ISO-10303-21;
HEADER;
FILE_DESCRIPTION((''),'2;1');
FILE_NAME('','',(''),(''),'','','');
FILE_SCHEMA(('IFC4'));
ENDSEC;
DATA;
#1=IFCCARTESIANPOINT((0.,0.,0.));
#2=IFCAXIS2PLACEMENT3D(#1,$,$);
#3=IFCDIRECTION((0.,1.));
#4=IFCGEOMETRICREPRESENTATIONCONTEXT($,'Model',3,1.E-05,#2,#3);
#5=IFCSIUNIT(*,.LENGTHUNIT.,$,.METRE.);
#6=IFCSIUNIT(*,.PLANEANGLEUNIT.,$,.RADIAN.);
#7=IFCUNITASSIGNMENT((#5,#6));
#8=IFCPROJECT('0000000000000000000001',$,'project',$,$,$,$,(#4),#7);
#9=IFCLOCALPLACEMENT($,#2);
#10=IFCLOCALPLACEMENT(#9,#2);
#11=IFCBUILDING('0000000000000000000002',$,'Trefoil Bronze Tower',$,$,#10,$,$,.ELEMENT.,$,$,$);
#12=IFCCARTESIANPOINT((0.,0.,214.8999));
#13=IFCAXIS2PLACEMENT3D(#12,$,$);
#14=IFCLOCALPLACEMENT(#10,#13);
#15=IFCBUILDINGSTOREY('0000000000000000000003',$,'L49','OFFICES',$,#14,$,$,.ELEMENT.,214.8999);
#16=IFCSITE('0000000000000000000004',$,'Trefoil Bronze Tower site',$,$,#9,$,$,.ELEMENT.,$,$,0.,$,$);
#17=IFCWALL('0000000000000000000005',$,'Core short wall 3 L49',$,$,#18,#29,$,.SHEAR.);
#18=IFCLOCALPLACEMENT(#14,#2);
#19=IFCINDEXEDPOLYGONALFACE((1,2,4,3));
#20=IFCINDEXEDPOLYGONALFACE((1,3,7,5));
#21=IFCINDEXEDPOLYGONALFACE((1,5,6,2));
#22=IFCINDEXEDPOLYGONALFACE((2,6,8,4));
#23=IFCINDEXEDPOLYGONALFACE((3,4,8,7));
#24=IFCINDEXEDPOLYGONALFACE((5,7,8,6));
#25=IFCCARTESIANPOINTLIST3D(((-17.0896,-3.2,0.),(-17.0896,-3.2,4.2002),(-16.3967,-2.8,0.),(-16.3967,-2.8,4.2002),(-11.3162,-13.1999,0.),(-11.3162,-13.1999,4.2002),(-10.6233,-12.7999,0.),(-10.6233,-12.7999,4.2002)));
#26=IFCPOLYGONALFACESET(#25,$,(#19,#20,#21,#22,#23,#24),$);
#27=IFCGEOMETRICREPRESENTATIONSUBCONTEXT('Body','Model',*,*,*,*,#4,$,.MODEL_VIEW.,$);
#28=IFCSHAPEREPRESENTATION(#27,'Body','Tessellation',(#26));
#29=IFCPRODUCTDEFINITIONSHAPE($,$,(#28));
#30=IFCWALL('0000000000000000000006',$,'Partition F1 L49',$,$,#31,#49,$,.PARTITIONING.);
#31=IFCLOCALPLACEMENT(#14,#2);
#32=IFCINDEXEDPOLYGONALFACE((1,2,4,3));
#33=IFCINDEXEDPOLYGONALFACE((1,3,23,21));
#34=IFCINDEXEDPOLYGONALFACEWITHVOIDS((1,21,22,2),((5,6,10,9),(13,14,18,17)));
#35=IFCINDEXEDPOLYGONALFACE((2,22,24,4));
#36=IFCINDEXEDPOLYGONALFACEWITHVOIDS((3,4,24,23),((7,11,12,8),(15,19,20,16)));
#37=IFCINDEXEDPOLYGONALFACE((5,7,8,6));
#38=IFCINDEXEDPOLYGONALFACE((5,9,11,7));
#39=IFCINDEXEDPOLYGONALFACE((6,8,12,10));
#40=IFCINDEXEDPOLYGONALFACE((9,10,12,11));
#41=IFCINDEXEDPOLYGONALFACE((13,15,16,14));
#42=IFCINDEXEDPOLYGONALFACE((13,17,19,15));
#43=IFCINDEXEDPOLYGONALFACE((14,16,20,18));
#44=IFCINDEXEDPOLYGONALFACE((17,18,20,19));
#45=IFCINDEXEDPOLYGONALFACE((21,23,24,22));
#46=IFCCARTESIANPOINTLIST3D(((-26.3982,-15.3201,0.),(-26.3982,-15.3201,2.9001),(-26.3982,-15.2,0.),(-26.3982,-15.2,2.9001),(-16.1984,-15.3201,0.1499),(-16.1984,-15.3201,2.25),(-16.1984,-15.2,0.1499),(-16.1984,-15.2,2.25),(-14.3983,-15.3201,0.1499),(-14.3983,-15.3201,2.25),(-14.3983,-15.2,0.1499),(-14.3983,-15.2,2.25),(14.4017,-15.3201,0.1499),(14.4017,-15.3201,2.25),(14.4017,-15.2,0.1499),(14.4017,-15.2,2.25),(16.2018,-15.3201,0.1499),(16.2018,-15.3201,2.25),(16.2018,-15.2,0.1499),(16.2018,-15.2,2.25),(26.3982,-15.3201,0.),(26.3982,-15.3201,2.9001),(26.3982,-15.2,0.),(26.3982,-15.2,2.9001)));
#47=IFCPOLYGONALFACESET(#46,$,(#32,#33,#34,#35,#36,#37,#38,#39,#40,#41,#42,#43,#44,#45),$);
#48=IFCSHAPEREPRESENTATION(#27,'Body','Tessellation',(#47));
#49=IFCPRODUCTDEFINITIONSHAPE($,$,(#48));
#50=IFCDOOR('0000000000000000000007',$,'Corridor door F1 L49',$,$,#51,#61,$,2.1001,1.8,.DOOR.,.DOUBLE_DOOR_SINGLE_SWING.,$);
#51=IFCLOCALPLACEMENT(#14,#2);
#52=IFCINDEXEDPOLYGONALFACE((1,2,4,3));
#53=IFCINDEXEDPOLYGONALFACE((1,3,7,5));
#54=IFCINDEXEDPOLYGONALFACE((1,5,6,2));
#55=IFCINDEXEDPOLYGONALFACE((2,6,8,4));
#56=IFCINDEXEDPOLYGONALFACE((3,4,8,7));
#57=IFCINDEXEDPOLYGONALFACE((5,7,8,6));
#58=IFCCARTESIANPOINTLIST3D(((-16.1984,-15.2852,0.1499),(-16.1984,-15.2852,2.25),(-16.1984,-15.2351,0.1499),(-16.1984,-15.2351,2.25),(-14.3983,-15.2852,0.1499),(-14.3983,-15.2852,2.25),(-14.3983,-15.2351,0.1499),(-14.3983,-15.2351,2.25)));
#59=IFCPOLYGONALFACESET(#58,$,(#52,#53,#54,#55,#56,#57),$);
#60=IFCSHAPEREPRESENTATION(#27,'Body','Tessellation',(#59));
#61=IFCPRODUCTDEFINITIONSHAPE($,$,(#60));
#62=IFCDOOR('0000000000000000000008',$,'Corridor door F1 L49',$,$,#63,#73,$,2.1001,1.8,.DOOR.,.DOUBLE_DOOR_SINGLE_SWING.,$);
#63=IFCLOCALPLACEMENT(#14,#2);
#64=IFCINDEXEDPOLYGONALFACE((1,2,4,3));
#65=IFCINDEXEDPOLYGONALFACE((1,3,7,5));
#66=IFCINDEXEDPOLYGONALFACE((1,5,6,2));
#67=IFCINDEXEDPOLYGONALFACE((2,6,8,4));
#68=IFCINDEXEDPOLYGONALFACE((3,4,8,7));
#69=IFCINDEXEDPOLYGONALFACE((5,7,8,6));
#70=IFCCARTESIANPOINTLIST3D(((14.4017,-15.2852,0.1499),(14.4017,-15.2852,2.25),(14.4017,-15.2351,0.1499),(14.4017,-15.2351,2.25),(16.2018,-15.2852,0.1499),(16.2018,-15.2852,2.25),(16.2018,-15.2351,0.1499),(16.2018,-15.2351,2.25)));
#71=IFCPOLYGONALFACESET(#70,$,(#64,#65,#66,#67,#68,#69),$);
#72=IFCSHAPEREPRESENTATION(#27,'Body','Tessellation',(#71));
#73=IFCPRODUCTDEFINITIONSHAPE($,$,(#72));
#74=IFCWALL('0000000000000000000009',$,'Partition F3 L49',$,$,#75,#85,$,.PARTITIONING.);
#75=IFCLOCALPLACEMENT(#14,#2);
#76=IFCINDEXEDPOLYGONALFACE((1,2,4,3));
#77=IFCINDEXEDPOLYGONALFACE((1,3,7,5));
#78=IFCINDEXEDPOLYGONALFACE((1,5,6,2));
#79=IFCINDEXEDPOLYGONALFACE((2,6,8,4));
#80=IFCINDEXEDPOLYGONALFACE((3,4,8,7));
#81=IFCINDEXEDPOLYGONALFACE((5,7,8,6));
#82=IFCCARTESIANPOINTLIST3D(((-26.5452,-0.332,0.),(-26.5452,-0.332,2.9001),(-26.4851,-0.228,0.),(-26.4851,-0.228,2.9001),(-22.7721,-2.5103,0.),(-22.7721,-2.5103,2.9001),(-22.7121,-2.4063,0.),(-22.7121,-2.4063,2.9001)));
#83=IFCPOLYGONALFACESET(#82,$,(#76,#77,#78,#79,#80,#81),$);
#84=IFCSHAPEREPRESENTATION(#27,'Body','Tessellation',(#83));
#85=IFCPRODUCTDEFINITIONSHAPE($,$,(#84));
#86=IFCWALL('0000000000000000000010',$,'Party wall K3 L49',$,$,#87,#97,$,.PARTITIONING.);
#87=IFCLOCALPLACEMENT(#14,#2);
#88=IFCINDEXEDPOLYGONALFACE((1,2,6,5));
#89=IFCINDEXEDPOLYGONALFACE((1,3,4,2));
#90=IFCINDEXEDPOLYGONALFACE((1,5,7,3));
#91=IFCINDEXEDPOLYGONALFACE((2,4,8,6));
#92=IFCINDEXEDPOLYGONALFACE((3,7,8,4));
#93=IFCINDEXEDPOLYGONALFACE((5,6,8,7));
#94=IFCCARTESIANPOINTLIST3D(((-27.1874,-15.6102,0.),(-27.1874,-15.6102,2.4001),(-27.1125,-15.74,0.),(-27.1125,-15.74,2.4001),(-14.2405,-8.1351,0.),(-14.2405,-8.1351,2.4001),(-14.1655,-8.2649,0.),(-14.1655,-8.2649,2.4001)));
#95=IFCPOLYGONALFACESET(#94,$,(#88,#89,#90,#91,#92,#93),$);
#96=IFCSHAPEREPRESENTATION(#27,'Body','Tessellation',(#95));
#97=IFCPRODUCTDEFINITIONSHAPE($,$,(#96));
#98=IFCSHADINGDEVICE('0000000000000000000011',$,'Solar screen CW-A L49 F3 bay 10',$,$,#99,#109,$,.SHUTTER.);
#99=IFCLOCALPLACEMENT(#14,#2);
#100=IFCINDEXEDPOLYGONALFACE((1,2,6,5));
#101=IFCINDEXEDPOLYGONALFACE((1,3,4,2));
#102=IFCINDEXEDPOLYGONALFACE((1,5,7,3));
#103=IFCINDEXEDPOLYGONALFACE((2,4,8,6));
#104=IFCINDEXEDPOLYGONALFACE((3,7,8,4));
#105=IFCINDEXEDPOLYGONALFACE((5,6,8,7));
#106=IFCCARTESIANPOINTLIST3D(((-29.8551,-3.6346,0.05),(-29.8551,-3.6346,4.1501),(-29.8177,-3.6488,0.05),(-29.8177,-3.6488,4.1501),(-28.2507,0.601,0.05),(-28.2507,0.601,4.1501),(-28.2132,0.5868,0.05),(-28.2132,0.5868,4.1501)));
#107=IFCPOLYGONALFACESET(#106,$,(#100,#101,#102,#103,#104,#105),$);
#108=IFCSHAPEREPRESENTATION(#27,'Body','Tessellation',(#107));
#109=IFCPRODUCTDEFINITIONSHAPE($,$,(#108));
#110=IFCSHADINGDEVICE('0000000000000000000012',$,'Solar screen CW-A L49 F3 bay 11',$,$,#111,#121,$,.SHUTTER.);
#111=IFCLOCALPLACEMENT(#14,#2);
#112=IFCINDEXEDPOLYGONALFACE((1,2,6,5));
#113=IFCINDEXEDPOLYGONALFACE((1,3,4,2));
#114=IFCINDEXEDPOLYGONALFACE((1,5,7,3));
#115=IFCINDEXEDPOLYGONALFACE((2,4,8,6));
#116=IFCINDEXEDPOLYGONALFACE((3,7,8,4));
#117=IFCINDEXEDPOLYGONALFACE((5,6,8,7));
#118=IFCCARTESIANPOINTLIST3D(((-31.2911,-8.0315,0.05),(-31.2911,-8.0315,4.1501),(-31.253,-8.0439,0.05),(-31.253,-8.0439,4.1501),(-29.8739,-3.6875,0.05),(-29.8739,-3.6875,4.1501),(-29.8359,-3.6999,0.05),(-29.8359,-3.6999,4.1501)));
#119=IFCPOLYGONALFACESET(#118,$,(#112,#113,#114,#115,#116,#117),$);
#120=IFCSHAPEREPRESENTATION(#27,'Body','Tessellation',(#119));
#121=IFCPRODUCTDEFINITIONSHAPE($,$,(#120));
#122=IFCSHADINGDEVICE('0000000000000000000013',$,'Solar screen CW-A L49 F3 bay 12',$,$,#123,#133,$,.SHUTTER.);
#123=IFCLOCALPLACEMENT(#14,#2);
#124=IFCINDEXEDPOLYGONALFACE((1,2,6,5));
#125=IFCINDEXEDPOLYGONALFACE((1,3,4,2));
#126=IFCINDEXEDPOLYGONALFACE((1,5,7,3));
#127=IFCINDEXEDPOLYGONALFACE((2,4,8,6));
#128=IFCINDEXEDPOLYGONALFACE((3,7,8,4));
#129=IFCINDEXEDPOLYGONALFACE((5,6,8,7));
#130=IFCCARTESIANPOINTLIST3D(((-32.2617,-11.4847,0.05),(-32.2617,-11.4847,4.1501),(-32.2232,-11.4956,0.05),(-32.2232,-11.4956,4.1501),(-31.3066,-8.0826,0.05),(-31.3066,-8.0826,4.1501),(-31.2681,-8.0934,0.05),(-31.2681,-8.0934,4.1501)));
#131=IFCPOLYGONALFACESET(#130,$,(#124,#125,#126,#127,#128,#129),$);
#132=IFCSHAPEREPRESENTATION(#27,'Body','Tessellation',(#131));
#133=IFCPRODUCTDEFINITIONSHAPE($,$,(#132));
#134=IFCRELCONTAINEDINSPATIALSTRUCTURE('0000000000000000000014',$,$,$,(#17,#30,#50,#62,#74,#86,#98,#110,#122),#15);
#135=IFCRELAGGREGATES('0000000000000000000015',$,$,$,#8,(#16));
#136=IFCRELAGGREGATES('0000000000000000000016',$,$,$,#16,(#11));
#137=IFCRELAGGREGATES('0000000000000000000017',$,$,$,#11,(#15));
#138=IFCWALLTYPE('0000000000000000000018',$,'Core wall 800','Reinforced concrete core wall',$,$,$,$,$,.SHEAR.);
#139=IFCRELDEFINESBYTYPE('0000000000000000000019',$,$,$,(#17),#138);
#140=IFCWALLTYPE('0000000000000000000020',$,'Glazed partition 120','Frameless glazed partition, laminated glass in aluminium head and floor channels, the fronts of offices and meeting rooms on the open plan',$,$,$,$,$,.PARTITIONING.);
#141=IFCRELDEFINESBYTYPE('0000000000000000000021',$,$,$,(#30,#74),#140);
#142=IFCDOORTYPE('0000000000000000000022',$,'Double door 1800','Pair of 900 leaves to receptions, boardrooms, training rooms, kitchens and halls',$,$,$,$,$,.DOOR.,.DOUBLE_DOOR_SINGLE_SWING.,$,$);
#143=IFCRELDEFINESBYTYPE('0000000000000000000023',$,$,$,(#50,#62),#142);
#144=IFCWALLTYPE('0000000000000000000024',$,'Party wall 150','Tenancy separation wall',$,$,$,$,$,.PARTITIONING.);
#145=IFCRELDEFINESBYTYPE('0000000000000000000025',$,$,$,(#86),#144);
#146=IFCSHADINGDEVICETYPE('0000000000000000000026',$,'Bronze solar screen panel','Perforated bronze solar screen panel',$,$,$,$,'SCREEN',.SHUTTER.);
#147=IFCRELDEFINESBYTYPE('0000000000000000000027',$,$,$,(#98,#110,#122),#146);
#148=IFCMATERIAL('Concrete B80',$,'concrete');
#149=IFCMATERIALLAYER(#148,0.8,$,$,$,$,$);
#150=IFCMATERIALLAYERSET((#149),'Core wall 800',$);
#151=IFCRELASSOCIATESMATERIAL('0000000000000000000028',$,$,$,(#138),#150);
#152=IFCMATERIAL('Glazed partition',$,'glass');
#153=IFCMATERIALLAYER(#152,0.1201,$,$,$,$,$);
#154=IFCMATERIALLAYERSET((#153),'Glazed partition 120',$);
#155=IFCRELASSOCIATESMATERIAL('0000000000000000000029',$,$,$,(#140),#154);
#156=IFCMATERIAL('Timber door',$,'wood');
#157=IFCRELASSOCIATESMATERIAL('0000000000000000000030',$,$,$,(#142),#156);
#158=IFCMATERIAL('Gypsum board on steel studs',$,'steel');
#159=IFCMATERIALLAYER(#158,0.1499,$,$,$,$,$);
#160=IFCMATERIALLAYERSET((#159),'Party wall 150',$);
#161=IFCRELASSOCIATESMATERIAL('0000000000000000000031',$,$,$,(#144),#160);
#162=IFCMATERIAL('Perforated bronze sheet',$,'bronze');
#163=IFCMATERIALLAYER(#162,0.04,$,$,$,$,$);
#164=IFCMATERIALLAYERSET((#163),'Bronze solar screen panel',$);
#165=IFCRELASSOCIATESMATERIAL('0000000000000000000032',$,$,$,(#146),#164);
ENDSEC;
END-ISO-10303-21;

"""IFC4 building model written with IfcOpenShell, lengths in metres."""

from ifc_helpers import new_model, si_unit, direction, frame, frame_2d, origin, origin_2d, place, context, subcontext, project, spatial, rectangle, extrude, material, layer, layer_set, type_object, element, fill, save


model = new_model("IFC4")

# Units and contexts
model_context = context("Model", 3, precision=1e-05, world=origin(), true_north=direction((0.0, 1.0)))
body_context = subcontext(model_context, "Body", "Model", "MODEL_VIEW")
ifc_project = project(units=[si_unit("LENGTHUNIT", "METRE"), si_unit("PLANEANGLEUNIT", "RADIAN")], contexts=[model_context])

# Site, building, storey
site_placement = place(None, origin())
site = spatial("IfcSite", under=ifc_project, at=site_placement, Name="Trefoil Bronze Tower site", CompositionType="ELEMENT", RefElevation=0.0)
building_placement = place(site_placement, origin())
building = spatial("IfcBuilding", under=site, at=building_placement, Name="Trefoil Bronze Tower", CompositionType="ELEMENT")
storey_placement = place(building_placement, frame((0.0, 0.0, 214.8999)))
storey = spatial("IfcBuildingStorey", under=building, at=storey_placement, Name="L49", Description="OFFICES", CompositionType="ELEMENT", Elevation=214.8999)

# Wall
ifc_material_1 = material(Name="Concrete B80", Category="concrete")
ifc_layer_1 = layer(ifc_material_1, 0.8)
ifc_layer_set_1 = layer_set([ifc_layer_1], Name="Core wall 800")
wall_type_1 = type_object("IfcWallType", Name="Core wall 800", Description="Reinforced concrete core wall", PredefinedType="SHEAR", material=ifc_layer_set_1)
wall_1_placement = place(storey_placement, frame((-16.7432, -3.0, 0.0), z_axis=(0.0, 0.0, 1.0), x_axis=(0.499996, -0.866028, 0.0)))
element("IfcWall", 1, at=wall_1_placement, inside=storey, type_object=wall_type_1, Name="Core short wall 3 L49", PredefinedType="SHEAR", context=body_context, shape_type="SweptSolid", body=[
    extrude(rectangle(XDim=11.5469, YDim=0.8, at=frame_2d((5.7734, 0.0))), origin(), (0.0, 0.0, 1.0), 4.2002),
])

# Wall, openings, doors
ifc_material_2 = material(Name="Glazed partition", Category="glass")
ifc_layer_2 = layer(ifc_material_2, 0.1201)
ifc_layer_set_2 = layer_set([ifc_layer_2], Name="Glazed partition 120")
wall_type_2 = type_object("IfcWallType", Name="Glazed partition 120", Description="Frameless glazed partition, laminated glass in aluminium head and floor channels, the fronts of offices and meeting rooms on the open plan", PredefinedType="PARTITIONING", material=ifc_layer_set_2)
wall_2_placement = place(storey_placement, frame((-26.3982, -15.26, 0.0), z_axis=(0.0, 0.0, 1.0), x_axis=(1.0, 0.0, 0.0)))
wall_2 = element("IfcWall", 2, at=wall_2_placement, inside=storey, type_object=wall_type_2, Name="Partition F1 L49", PredefinedType="PARTITIONING", context=body_context, shape_type="SweptSolid", body=[
    extrude(rectangle(XDim=52.7964, YDim=0.1201, at=frame_2d((26.3982, 0.0))), origin(), (0.0, 0.0, 1.0), 2.9001),
])
opening_1_placement = place(wall_2_placement, frame((10.2, 0.0, 0.1499)))
opening_1 = element("IfcOpeningElement", 3, at=opening_1_placement, cuts=wall_2, PredefinedType="OPENING", context=body_context, shape_type="SweptSolid", body=[
    extrude(rectangle(XDim=1.8, YDim=2.1001, at=frame_2d((0.8999, 1.05))), frame((0.0, 0.0701, 0.0), z_axis=(0.0, -1.0, 0.0), x_axis=(1.0, 0.0, 0.0)), (0.0, 0.0, 1.0), 0.1401),
])
opening_2_placement = place(wall_2_placement, frame((40.8, 0.0, 0.1499)))
opening_2 = element("IfcOpeningElement", 4, at=opening_2_placement, cuts=wall_2, PredefinedType="OPENING", context=body_context, shape_type="SweptSolid", body=[
    extrude(rectangle(XDim=1.8, YDim=2.1001, at=frame_2d((0.8999, 1.05))), frame((0.0, 0.0701, 0.0), z_axis=(0.0, -1.0, 0.0), x_axis=(1.0, 0.0, 0.0)), (0.0, 0.0, 1.0), 0.1401),
])
ifc_material_3 = material(Name="Timber door", Category="wood")
door_type = type_object("IfcDoorType", Name="Double door 1800", Description="Pair of 900 leaves to receptions, boardrooms, training rooms, kitchens and halls", OperationType="DOUBLE_DOOR_SINGLE_SWING", PredefinedType="DOOR", material=ifc_material_3)
door_1_placement = place(opening_1_placement, origin())
door_1 = element("IfcDoor", 5, at=door_1_placement, inside=storey, type_object=door_type, Name="Corridor door F1 L49", OperationType="DOUBLE_DOOR_SINGLE_SWING", OverallHeight=2.1001, OverallWidth=1.8, PredefinedType="DOOR", context=body_context, shape_type="SweptSolid", body=[
    extrude(rectangle(XDim=1.8, YDim=2.1001, at=frame_2d((0.8999, 1.05))), frame((0.0, 0.0249, 0.0), z_axis=(0.0, -1.0, 0.0), x_axis=(1.0, 0.0, 0.0)), (0.0, 0.0, 1.0), 0.05),
])
fill(opening_1, door_1)
door_2_placement = place(opening_2_placement, origin())
door_2 = element("IfcDoor", 6, at=door_2_placement, inside=storey, type_object=door_type, Name="Corridor door F1 L49", OperationType="DOUBLE_DOOR_SINGLE_SWING", OverallHeight=2.1001, OverallWidth=1.8, PredefinedType="DOOR", context=body_context, shape_type="SweptSolid", body=[
    extrude(rectangle(XDim=1.8, YDim=2.1001, at=frame_2d((0.8999, 1.05))), frame((0.0, 0.0249, 0.0), z_axis=(0.0, -1.0, 0.0), x_axis=(1.0, 0.0, 0.0)), (0.0, 0.0, 1.0), 0.05),
])
fill(opening_2, door_2)

# Walls
wall_3_placement = place(storey_placement, frame((-22.7422, -2.4583, 0.0), z_axis=(0.0, 0.0, 1.0), x_axis=(-0.866034, 0.499984, 0.0)))
element("IfcWall", 7, at=wall_3_placement, inside=storey, type_object=wall_type_2, Name="Partition F3 L49", PredefinedType="PARTITIONING", context=body_context, shape_type="SweptSolid", body=[
    extrude(rectangle(XDim=4.3567, YDim=0.1201, at=frame_2d((2.1782, 0.0))), origin(), (0.0, 0.0, 1.0), 2.9001),
])
ifc_material_4 = material(Name="Gypsum board on steel studs", Category="steel")
ifc_layer_3 = layer(ifc_material_4, 0.1499)
ifc_layer_set_3 = layer_set([ifc_layer_3], Name="Party wall 150")
wall_type_3 = type_object("IfcWallType", Name="Party wall 150", Description="Tenancy separation wall", PredefinedType="PARTITIONING", material=ifc_layer_set_3)
wall_4_placement = place(storey_placement, frame((-14.2029, -8.2, 0.0), z_axis=(0.0, 0.0, 1.0), x_axis=(-0.866022, -0.500007, 0.0)))
element("IfcWall", 8, at=wall_4_placement, inside=storey, type_object=wall_type_3, Name="Party wall K3 L49", PredefinedType="PARTITIONING", context=body_context, shape_type="SweptSolid", body=[
    extrude(rectangle(XDim=14.95, YDim=0.1499, at=frame_2d((7.4751, 0.0))), origin(), (0.0, 0.0, 1.0), 2.4001),
])

# Shading devices
ifc_material_5 = material(Name="Perforated bronze sheet", Category="bronze")
ifc_layer_4 = layer(ifc_material_5, 0.04)
ifc_layer_set_4 = layer_set([ifc_layer_4], Name="Bronze solar screen panel")
shading_device_type = type_object("IfcShadingDeviceType", Name="Bronze solar screen panel", Description="Perforated bronze solar screen panel", ElementType="SCREEN", PredefinedType="SHUTTER", material=ifc_layer_set_4)
shading_device_1_placement = place(storey_placement, frame((-29.0342, -1.5239, 0.05), z_axis=(0.0, 0.0, 1.0), x_axis=(-0.354234, -0.935157, 0.0)))
element("IfcShadingDevice", 9, at=shading_device_1_placement, inside=storey, type_object=shading_device_type, Name="Solar screen CW-A L49 F3 bay 10", PredefinedType="SHUTTER", context=body_context, shape_type="SweptSolid", body=[
    extrude(rectangle(XDim=4.5293, YDim=0.04, at=origin_2d()), origin(), (0.0, 0.0, 1.0), 4.1001),
])
shading_device_2_placement = place(storey_placement, frame((-30.5635, -5.8657, 0.05), z_axis=(0.0, 0.0, 1.0), x_axis=(-0.310149, -0.950688, 0.0)))
element("IfcShadingDevice", 10, at=shading_device_2_placement, inside=storey, type_object=shading_device_type, Name="Solar screen CW-A L49 F3 bay 11", PredefinedType="SHUTTER", context=body_context, shape_type="SweptSolid", body=[
    extrude(rectangle(XDim=4.5693, YDim=0.04, at=origin_2d()), origin(), (0.0, 0.0, 1.0), 4.1001),
])
shading_device_3_placement = place(storey_placement, frame((-31.7649, -9.7891, 0.05), z_axis=(0.0, 0.0, 1.0), x_axis=(-0.270282, -0.962781, 0.0)))
element("IfcShadingDevice", 11, at=shading_device_3_placement, inside=storey, type_object=shading_device_type, Name="Solar screen CW-A L49 F3 bay 12", PredefinedType="SHUTTER", context=body_context, shape_type="SweptSolid", body=[
    extrude(rectangle(XDim=3.5337, YDim=0.04, at=origin_2d()), origin(), (0.0, 0.0, 1.0), 4.1001),
])

save(model, "model.ifc")
